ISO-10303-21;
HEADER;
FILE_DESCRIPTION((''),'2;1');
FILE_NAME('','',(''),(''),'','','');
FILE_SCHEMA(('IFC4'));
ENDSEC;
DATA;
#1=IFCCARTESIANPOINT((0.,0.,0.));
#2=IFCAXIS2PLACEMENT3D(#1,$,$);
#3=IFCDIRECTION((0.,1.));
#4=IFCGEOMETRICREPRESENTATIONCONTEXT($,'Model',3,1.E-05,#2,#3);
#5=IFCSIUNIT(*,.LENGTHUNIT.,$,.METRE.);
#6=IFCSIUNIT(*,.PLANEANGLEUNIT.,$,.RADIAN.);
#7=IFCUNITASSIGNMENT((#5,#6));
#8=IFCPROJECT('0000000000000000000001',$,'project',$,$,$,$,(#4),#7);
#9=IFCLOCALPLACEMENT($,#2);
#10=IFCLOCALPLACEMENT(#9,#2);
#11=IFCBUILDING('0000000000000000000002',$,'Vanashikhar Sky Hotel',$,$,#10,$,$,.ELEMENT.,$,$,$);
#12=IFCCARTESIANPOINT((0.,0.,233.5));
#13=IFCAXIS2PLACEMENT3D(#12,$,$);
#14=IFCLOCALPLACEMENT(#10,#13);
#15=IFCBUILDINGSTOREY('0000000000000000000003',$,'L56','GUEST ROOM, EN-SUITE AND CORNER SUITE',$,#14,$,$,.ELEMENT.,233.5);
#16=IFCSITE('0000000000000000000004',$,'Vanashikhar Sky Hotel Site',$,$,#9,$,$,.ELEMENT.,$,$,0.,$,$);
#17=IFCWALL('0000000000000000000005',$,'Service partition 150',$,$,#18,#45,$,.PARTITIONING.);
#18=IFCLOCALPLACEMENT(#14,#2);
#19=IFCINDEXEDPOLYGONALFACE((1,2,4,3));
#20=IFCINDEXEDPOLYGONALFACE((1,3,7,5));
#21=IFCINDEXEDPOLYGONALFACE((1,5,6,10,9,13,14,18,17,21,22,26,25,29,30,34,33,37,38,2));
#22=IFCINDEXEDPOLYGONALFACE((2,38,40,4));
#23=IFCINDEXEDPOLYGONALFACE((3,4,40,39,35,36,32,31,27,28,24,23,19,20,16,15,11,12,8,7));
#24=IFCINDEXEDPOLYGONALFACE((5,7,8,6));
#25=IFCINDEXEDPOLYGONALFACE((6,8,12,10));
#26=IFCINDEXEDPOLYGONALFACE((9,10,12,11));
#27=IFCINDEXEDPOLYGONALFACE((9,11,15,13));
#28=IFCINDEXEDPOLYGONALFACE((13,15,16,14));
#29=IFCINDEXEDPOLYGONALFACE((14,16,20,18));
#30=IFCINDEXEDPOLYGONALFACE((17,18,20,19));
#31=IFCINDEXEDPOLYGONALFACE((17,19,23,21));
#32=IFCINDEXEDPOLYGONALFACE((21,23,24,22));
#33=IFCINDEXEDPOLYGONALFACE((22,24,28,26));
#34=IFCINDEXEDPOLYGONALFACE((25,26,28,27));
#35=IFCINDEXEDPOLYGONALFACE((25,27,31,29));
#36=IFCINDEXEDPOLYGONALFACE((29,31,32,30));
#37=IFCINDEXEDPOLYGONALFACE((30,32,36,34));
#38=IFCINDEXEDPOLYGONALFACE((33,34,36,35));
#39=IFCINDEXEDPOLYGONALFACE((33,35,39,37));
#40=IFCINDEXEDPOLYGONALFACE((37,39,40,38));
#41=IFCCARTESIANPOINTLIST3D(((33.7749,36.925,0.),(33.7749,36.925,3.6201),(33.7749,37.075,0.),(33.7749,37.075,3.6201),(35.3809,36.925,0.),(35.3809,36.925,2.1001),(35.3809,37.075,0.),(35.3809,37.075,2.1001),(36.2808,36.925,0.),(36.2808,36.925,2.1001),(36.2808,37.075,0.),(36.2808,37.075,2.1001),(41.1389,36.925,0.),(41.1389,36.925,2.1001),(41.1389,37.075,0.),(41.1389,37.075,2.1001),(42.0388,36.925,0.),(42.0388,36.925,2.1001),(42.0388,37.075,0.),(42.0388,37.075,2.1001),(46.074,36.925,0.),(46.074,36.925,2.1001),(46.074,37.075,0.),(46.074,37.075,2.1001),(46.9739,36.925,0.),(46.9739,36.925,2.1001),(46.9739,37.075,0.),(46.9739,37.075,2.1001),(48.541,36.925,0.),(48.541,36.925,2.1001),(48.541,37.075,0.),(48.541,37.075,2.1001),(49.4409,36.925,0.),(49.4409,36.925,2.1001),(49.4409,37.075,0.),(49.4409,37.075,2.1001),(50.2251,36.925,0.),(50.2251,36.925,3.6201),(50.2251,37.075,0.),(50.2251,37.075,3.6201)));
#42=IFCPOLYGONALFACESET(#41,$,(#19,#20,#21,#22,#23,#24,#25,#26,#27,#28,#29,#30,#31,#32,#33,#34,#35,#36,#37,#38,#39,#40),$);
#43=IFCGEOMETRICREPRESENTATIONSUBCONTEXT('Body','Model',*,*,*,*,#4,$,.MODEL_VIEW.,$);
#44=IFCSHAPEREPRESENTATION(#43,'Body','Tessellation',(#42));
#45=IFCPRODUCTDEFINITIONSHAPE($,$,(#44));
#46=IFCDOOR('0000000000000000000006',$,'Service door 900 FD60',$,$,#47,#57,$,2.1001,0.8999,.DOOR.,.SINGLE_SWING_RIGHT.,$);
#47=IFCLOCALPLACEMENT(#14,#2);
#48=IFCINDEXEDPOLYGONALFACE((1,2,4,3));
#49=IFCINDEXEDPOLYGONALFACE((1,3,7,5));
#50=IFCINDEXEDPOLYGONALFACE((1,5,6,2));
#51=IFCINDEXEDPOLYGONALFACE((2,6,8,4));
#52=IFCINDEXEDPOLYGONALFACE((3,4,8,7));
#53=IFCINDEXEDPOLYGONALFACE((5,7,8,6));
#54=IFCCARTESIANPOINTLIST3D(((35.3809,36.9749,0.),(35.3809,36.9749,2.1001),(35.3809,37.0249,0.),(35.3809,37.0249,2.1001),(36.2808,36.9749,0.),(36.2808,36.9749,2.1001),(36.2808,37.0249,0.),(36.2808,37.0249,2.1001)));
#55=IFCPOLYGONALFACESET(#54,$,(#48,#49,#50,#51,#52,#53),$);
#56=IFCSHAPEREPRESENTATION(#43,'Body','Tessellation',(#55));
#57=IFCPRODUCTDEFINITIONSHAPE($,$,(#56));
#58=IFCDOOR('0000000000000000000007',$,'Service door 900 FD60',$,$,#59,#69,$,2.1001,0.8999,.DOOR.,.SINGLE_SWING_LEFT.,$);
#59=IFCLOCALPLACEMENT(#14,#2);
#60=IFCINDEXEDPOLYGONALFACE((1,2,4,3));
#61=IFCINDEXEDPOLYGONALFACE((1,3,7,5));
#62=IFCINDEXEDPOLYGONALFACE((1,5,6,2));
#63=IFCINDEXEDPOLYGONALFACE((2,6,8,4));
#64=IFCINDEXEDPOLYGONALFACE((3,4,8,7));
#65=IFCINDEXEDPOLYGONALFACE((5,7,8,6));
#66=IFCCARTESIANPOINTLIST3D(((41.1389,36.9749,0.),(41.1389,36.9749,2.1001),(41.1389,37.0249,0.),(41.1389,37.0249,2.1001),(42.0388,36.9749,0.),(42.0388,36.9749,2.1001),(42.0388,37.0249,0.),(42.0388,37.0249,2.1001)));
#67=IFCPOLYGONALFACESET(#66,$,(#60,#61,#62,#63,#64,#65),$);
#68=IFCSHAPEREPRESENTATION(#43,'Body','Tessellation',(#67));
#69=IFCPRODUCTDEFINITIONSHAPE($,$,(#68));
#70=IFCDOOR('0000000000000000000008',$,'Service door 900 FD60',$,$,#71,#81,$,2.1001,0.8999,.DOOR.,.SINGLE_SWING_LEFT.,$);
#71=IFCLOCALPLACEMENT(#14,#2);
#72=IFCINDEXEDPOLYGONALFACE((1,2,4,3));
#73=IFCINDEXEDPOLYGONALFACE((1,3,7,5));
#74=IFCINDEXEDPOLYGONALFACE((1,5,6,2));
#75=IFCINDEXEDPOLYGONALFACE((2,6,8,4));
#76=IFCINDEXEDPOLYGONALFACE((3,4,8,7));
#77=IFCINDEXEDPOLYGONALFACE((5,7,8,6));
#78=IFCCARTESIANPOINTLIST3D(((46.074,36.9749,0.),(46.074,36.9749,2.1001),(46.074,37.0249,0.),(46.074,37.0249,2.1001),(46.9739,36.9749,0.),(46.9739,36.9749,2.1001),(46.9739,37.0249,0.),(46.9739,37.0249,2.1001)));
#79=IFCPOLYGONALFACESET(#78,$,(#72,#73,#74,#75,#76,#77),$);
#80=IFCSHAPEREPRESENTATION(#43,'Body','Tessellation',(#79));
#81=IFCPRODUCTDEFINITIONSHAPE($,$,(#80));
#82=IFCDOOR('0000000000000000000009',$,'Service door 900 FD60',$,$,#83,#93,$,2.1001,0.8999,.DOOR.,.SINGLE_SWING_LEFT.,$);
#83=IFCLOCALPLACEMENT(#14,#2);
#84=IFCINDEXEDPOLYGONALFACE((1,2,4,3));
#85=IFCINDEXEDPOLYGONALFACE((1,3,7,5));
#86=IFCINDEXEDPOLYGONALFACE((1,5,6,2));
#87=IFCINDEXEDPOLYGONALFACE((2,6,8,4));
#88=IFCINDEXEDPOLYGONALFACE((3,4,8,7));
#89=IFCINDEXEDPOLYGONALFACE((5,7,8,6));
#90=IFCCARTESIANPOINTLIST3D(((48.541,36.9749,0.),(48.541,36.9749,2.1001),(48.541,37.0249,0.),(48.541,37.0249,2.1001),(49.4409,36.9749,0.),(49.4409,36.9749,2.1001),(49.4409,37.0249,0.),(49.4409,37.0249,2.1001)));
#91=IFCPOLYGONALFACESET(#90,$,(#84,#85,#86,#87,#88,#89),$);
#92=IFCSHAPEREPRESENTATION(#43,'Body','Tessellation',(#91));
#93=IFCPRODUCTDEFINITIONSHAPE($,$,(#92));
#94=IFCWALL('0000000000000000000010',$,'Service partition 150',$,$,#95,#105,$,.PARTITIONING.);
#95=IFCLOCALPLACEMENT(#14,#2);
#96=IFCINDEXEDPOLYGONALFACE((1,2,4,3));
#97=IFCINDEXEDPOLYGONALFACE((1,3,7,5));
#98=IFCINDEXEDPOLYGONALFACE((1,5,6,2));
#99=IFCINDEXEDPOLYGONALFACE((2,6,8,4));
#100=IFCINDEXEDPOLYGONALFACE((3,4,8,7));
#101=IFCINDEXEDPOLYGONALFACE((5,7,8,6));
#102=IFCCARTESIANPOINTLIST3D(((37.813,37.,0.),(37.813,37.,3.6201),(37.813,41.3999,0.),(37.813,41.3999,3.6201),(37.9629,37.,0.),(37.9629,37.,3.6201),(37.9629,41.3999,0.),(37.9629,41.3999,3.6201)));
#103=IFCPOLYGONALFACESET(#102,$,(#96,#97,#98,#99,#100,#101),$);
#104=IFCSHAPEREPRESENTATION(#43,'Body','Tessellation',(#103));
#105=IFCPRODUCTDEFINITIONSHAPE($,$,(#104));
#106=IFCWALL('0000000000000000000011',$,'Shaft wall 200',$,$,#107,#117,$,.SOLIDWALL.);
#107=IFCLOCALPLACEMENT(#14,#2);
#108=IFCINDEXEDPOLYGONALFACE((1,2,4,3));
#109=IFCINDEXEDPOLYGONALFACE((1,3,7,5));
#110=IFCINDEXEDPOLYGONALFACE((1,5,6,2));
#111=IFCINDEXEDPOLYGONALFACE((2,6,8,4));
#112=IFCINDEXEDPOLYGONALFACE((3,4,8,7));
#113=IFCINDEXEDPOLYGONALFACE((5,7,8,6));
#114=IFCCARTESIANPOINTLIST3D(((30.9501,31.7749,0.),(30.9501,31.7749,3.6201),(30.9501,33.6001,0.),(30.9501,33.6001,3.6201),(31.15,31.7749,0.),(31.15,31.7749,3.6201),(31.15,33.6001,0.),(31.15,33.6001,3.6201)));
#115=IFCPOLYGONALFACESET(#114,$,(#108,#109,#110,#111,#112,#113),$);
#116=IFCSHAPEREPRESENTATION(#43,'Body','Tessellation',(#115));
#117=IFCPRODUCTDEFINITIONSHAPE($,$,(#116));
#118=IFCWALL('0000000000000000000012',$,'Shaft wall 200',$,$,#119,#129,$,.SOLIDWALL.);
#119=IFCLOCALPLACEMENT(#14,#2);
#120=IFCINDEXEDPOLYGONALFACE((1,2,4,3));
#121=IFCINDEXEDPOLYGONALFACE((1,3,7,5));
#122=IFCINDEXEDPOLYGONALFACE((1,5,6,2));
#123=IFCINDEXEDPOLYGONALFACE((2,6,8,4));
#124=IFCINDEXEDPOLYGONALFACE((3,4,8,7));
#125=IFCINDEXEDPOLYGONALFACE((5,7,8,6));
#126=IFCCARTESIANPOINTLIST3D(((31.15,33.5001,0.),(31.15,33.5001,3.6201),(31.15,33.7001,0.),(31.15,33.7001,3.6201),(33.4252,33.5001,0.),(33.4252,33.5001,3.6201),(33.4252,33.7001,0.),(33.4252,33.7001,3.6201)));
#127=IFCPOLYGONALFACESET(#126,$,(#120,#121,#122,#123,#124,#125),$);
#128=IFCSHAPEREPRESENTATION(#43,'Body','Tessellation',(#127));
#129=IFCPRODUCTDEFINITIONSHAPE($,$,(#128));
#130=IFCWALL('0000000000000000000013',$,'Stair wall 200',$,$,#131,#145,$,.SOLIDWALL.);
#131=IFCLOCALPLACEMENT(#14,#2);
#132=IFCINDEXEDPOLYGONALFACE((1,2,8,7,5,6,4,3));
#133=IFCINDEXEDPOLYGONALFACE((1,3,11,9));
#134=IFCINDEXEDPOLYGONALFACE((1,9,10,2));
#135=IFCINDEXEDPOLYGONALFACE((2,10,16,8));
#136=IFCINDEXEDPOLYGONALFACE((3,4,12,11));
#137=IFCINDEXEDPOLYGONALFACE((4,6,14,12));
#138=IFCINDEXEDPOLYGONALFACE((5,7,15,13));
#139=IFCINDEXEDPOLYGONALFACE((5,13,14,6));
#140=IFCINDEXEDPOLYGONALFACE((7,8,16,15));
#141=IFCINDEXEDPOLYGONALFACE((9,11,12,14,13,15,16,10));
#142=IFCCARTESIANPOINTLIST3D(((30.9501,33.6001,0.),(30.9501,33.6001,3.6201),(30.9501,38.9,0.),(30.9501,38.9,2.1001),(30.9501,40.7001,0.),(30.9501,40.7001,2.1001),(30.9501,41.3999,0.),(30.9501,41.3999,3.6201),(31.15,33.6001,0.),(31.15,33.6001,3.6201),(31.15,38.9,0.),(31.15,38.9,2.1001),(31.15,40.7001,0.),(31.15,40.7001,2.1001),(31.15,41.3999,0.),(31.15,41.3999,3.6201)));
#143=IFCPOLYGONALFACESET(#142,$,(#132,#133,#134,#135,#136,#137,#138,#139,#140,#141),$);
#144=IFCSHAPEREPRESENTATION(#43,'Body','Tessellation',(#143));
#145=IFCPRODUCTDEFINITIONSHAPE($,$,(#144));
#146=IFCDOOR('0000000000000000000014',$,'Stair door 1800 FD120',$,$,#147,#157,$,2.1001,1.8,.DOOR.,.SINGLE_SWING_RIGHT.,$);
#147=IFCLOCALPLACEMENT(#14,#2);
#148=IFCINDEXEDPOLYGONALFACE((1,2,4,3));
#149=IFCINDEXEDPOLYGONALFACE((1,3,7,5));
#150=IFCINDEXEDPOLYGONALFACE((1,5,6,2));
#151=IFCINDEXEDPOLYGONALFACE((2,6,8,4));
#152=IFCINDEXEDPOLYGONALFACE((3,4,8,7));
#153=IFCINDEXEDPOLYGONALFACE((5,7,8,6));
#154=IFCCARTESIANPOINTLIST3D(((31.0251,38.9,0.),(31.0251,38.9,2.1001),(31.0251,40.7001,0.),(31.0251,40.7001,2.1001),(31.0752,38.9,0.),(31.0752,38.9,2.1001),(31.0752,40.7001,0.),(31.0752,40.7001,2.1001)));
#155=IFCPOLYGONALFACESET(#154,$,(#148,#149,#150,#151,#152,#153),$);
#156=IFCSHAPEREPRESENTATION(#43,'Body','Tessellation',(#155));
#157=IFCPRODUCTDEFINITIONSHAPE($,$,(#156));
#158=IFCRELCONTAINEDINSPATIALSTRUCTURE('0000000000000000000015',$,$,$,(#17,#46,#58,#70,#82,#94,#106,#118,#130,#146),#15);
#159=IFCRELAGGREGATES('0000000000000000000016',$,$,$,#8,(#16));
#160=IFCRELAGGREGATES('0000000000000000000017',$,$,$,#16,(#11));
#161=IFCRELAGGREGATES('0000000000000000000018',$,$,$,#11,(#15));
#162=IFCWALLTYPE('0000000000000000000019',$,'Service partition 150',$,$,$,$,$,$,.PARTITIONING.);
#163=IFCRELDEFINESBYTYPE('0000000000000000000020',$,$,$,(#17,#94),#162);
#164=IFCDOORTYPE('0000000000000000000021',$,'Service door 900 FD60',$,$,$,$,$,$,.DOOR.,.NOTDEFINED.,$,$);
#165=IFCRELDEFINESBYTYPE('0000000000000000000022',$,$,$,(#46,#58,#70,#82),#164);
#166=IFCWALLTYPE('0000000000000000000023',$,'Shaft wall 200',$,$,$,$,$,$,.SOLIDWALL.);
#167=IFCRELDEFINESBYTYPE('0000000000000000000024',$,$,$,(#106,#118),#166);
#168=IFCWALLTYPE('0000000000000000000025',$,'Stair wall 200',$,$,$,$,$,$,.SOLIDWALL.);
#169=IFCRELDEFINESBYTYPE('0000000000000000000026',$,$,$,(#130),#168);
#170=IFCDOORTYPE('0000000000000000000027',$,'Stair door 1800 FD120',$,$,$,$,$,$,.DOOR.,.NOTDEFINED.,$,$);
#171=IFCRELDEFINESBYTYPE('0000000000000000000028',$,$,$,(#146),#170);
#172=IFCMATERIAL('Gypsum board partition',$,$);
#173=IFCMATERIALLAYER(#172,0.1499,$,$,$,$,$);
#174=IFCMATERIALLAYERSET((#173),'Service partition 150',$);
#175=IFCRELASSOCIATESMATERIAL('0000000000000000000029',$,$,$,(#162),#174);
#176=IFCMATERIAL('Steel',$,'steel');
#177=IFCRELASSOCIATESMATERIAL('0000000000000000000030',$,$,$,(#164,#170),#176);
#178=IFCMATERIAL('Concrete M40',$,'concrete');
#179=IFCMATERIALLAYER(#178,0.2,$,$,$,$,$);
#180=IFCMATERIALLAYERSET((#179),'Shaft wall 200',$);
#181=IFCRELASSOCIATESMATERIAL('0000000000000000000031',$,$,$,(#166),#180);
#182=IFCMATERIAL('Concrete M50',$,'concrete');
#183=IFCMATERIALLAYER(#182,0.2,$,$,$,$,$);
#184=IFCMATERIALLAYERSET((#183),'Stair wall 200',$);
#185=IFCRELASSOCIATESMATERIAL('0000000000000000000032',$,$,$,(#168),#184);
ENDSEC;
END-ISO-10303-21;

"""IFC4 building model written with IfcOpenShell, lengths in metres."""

from ifc_helpers import new_model, si_unit, direction, frame, frame_2d, origin, place, context, subcontext, project, spatial, rectangle, extrude, source, transform, mapped, material, layer, layer_set, type_object, element, fill, save


model = new_model("IFC4")

# Units and contexts
model_context = context("Model", 3, precision=1e-05, world=origin(), true_north=direction((0.0, 1.0)))
body_context = subcontext(model_context, "Body", "Model", "MODEL_VIEW")
ifc_project = project(units=[si_unit("LENGTHUNIT", "METRE"), si_unit("PLANEANGLEUNIT", "RADIAN")], contexts=[model_context])

# Site, building, storey
site_placement = place(None, origin())
site = spatial("IfcSite", under=ifc_project, at=site_placement, Name="Vanashikhar Sky Hotel Site", CompositionType="ELEMENT", RefElevation=0.0)
building_placement = place(site_placement, origin())
building = spatial("IfcBuilding", under=site, at=building_placement, Name="Vanashikhar Sky Hotel", CompositionType="ELEMENT")
storey_placement = place(building_placement, frame((0.0, 0.0, 233.5)))
storey = spatial("IfcBuildingStorey", under=building, at=storey_placement, Name="L56", Description="GUEST ROOM, EN-SUITE AND CORNER SUITE", CompositionType="ELEMENT", Elevation=233.5)

# Shared definitions
ifc_material_1 = material(Name="Steel", Category="steel")

# Shared definitions
ifc_material_2 = material(Name="Gypsum board partition")
ifc_layer_1 = layer(ifc_material_2, 0.1499)
ifc_layer_set_1 = layer_set([ifc_layer_1], Name="Service partition 150")
wall_type_1 = type_object("IfcWallType", Name="Service partition 150", PredefinedType="PARTITIONING", material=ifc_layer_set_1)

# Wall, openings, doors
shared_shape_1 = source(origin(), body_context, "Body", "SweptSolid", [
    extrude(rectangle(XDim=0.8999, YDim=2.1001, at=frame_2d((0.45, 1.05))), frame((0.0, 0.085, 0.0), z_axis=(0.0, -1.0, 0.0), x_axis=(1.0, 0.0, 0.0)), (0.0, 0.0, 1.0), 0.1699),
])
door_type_1 = type_object("IfcDoorType", Name="Service door 900 FD60", OperationType="NOTDEFINED", PredefinedType="DOOR", material=ifc_material_1)
shared_shape_2 = source(origin(), body_context, "Body", "SweptSolid", [
    extrude(rectangle(XDim=0.8999, YDim=2.1001, at=frame_2d((0.45, 1.05))), frame((0.0, 0.0249, 0.0), z_axis=(0.0, -1.0, 0.0), x_axis=(1.0, 0.0, 0.0)), (0.0, 0.0, 1.0), 0.05),
])
shared_shape_3 = source(origin(), body_context, "Body", "SweptSolid", [
    extrude(rectangle(XDim=16.4502, YDim=0.1499, at=frame_2d((8.2251, 0.0))), origin(), (0.0, 0.0, 1.0), 3.6201),
])
wall_1_placement = place(storey_placement, frame((33.7749, 37.0, 0.0), z_axis=(0.0, 0.0, 1.0), x_axis=(1.0, 0.0, 0.0)))
wall_1 = element("IfcWall", 1, at=wall_1_placement, inside=storey, type_object=wall_type_1, Name="Service partition 150", PredefinedType="PARTITIONING", context=body_context, shape_type="MappedRepresentation", body=[
    mapped(shared_shape_3, transform((0.0, 0.0, 0.0), scale=1.0)),
])
opening_1_placement = place(wall_1_placement, frame((1.606, 0.0, 0.0)))
opening_1 = element("IfcOpeningElement", 2, at=opening_1_placement, cuts=wall_1, PredefinedType="OPENING", context=body_context, shape_type="MappedRepresentation", body=[
    mapped(shared_shape_1, transform((0.0, 0.0, 0.0), scale=1.0)),
])
opening_2_placement = place(wall_1_placement, frame((7.364, 0.0, 0.0)))
opening_2 = element("IfcOpeningElement", 3, at=opening_2_placement, cuts=wall_1, PredefinedType="OPENING", context=body_context, shape_type="MappedRepresentation", body=[
    mapped(shared_shape_1, transform((0.0, 0.0, 0.0), scale=1.0)),
])
opening_3_placement = place(wall_1_placement, frame((12.2991, 0.0, 0.0)))
opening_3 = element("IfcOpeningElement", 4, at=opening_3_placement, cuts=wall_1, PredefinedType="OPENING", context=body_context, shape_type="MappedRepresentation", body=[
    mapped(shared_shape_1, transform((0.0, 0.0, 0.0), scale=1.0)),
])
opening_4_placement = place(wall_1_placement, frame((14.7661, 0.0, 0.0)))
opening_4 = element("IfcOpeningElement", 5, at=opening_4_placement, cuts=wall_1, PredefinedType="OPENING", context=body_context, shape_type="MappedRepresentation", body=[
    mapped(shared_shape_1, transform((0.0, 0.0, 0.0), scale=1.0)),
])
door_1_placement = place(opening_1_placement, origin())
door_1 = element("IfcDoor", 6, at=door_1_placement, inside=storey, type_object=door_type_1, Name="Service door 900 FD60", OperationType="SINGLE_SWING_RIGHT", OverallHeight=2.1001, OverallWidth=0.8999, PredefinedType="DOOR", context=body_context, shape_type="MappedRepresentation", body=[
    mapped(shared_shape_2, transform((0.0, 0.0, 0.0), scale=1.0)),
])
fill(opening_1, door_1)
door_2_placement = place(opening_2_placement, origin())
door_2 = element("IfcDoor", 7, at=door_2_placement, inside=storey, type_object=door_type_1, Name="Service door 900 FD60", OperationType="SINGLE_SWING_LEFT", OverallHeight=2.1001, OverallWidth=0.8999, PredefinedType="DOOR", context=body_context, shape_type="MappedRepresentation", body=[
    mapped(shared_shape_2, transform((0.0, 0.0, 0.0), scale=1.0)),
])
fill(opening_2, door_2)
door_3_placement = place(opening_3_placement, origin())
door_3 = element("IfcDoor", 8, at=door_3_placement, inside=storey, type_object=door_type_1, Name="Service door 900 FD60", OperationType="SINGLE_SWING_LEFT", OverallHeight=2.1001, OverallWidth=0.8999, PredefinedType="DOOR", context=body_context, shape_type="MappedRepresentation", body=[
    mapped(shared_shape_2, transform((0.0, 0.0, 0.0), scale=1.0)),
])
fill(opening_3, door_3)
door_4_placement = place(opening_4_placement, origin())
door_4 = element("IfcDoor", 9, at=door_4_placement, inside=storey, type_object=door_type_1, Name="Service door 900 FD60", OperationType="SINGLE_SWING_LEFT", OverallHeight=2.1001, OverallWidth=0.8999, PredefinedType="DOOR", context=body_context, shape_type="MappedRepresentation", body=[
    mapped(shared_shape_2, transform((0.0, 0.0, 0.0), scale=1.0)),
])
fill(opening_4, door_4)

# Walls
shared_shape_4 = source(origin(), body_context, "Body", "SweptSolid", [
    extrude(rectangle(XDim=4.3999, YDim=0.1499, at=frame_2d((2.2, 0.0))), origin(), (0.0, 0.0, 1.0), 3.6201),
])
wall_2_placement = place(storey_placement, frame((37.8879, 37.0, 0.0), z_axis=(0.0, 0.0, 1.0), x_axis=(0.0, 1.0, 0.0)))
element("IfcWall", 10, at=wall_2_placement, inside=storey, type_object=wall_type_1, Name="Service partition 150", PredefinedType="PARTITIONING", context=body_context, shape_type="MappedRepresentation", body=[
    mapped(shared_shape_4, transform((0.0, 0.0, 0.0), scale=1.0)),
])
ifc_material_3 = material(Name="Concrete M40", Category="concrete")
ifc_layer_2 = layer(ifc_material_3, 0.2)
ifc_layer_set_2 = layer_set([ifc_layer_2], Name="Shaft wall 200")
wall_type_2 = type_object("IfcWallType", Name="Shaft wall 200", PredefinedType="SOLIDWALL", material=ifc_layer_set_2)
shared_shape_5 = source(origin(), body_context, "Body", "SweptSolid", [
    extrude(rectangle(XDim=1.8252, YDim=0.2, at=frame_2d((0.9126, 0.0))), origin(), (0.0, 0.0, 1.0), 3.6201),
])
wall_3_placement = place(storey_placement, frame((31.05, 31.7749, 0.0), z_axis=(0.0, 0.0, 1.0), x_axis=(0.0, 1.0, 0.0)))
element("IfcWall", 11, at=wall_3_placement, inside=storey, type_object=wall_type_2, Name="Shaft wall 200", PredefinedType="SOLIDWALL", context=body_context, shape_type="MappedRepresentation", body=[
    mapped(shared_shape_5, transform((0.0, 0.0, 0.0), scale=1.0)),
])
shared_shape_6 = source(origin(), body_context, "Body", "SweptSolid", [
    extrude(rectangle(XDim=2.2751, YDim=0.2, at=frame_2d((1.1377, 0.0))), origin(), (0.0, 0.0, 1.0), 3.6201),
])
wall_4_placement = place(storey_placement, frame((31.1499, 33.6001, 0.0), z_axis=(0.0, 0.0, 1.0), x_axis=(1.0, 0.0, 0.0)))
element("IfcWall", 12, at=wall_4_placement, inside=storey, type_object=wall_type_2, Name="Shaft wall 200", PredefinedType="SOLIDWALL", context=body_context, shape_type="MappedRepresentation", body=[
    mapped(shared_shape_6, transform((0.0, 0.0, 0.0), scale=1.0)),
])

# Wall, opening, door
ifc_material_4 = material(Name="Concrete M50", Category="concrete")
ifc_layer_3 = layer(ifc_material_4, 0.2)
ifc_layer_set_3 = layer_set([ifc_layer_3], Name="Stair wall 200")
wall_type_3 = type_object("IfcWallType", Name="Stair wall 200", PredefinedType="SOLIDWALL", material=ifc_layer_set_3)
shared_shape_7 = source(origin(), body_context, "Body", "SweptSolid", [
    extrude(rectangle(XDim=7.7998, YDim=0.2, at=frame_2d((3.8999, 0.0))), origin(), (0.0, 0.0, 1.0), 3.6201),
])
wall_5_placement = place(storey_placement, frame((31.05, 33.6001, 0.0), z_axis=(0.0, 0.0, 1.0), x_axis=(0.0, 1.0, 0.0)))
wall_5 = element("IfcWall", 13, at=wall_5_placement, inside=storey, type_object=wall_type_3, Name="Stair wall 200", PredefinedType="SOLIDWALL", context=body_context, shape_type="MappedRepresentation", body=[
    mapped(shared_shape_7, transform((0.0, 0.0, 0.0), scale=1.0)),
])
shared_shape_8 = source(origin(), body_context, "Body", "SweptSolid", [
    extrude(rectangle(XDim=1.8, YDim=2.1001, at=frame_2d((0.8999, 1.05))), frame((0.0, 0.1099, 0.0), z_axis=(0.0, -1.0, 0.0), x_axis=(1.0, 0.0, 0.0)), (0.0, 0.0, 1.0), 0.22),
])
opening_5_placement = place(wall_5_placement, frame((5.3, 0.0, 0.0)))
opening_5 = element("IfcOpeningElement", 14, at=opening_5_placement, cuts=wall_5, PredefinedType="OPENING", context=body_context, shape_type="MappedRepresentation", body=[
    mapped(shared_shape_8, transform((0.0, 0.0, 0.0), scale=1.0)),
])
door_type_2 = type_object("IfcDoorType", Name="Stair door 1800 FD120", OperationType="NOTDEFINED", PredefinedType="DOOR", material=ifc_material_1)
shared_shape_9 = source(origin(), body_context, "Body", "SweptSolid", [
    extrude(rectangle(XDim=1.8, YDim=2.1001, at=frame_2d((0.8999, 1.05))), frame((0.0, 0.0249, 0.0), z_axis=(0.0, -1.0, 0.0), x_axis=(1.0, 0.0, 0.0)), (0.0, 0.0, 1.0), 0.05),
])
door_5_placement = place(opening_5_placement, origin())
door_5 = element("IfcDoor", 15, at=door_5_placement, inside=storey, type_object=door_type_2, Name="Stair door 1800 FD120", OperationType="SINGLE_SWING_RIGHT", OverallHeight=2.1001, OverallWidth=1.8, PredefinedType="DOOR", context=body_context, shape_type="MappedRepresentation", body=[
    mapped(shared_shape_9, transform((0.0, 0.0, 0.0), scale=1.0)),
])
fill(opening_5, door_5)

save(model, "model.ifc")
